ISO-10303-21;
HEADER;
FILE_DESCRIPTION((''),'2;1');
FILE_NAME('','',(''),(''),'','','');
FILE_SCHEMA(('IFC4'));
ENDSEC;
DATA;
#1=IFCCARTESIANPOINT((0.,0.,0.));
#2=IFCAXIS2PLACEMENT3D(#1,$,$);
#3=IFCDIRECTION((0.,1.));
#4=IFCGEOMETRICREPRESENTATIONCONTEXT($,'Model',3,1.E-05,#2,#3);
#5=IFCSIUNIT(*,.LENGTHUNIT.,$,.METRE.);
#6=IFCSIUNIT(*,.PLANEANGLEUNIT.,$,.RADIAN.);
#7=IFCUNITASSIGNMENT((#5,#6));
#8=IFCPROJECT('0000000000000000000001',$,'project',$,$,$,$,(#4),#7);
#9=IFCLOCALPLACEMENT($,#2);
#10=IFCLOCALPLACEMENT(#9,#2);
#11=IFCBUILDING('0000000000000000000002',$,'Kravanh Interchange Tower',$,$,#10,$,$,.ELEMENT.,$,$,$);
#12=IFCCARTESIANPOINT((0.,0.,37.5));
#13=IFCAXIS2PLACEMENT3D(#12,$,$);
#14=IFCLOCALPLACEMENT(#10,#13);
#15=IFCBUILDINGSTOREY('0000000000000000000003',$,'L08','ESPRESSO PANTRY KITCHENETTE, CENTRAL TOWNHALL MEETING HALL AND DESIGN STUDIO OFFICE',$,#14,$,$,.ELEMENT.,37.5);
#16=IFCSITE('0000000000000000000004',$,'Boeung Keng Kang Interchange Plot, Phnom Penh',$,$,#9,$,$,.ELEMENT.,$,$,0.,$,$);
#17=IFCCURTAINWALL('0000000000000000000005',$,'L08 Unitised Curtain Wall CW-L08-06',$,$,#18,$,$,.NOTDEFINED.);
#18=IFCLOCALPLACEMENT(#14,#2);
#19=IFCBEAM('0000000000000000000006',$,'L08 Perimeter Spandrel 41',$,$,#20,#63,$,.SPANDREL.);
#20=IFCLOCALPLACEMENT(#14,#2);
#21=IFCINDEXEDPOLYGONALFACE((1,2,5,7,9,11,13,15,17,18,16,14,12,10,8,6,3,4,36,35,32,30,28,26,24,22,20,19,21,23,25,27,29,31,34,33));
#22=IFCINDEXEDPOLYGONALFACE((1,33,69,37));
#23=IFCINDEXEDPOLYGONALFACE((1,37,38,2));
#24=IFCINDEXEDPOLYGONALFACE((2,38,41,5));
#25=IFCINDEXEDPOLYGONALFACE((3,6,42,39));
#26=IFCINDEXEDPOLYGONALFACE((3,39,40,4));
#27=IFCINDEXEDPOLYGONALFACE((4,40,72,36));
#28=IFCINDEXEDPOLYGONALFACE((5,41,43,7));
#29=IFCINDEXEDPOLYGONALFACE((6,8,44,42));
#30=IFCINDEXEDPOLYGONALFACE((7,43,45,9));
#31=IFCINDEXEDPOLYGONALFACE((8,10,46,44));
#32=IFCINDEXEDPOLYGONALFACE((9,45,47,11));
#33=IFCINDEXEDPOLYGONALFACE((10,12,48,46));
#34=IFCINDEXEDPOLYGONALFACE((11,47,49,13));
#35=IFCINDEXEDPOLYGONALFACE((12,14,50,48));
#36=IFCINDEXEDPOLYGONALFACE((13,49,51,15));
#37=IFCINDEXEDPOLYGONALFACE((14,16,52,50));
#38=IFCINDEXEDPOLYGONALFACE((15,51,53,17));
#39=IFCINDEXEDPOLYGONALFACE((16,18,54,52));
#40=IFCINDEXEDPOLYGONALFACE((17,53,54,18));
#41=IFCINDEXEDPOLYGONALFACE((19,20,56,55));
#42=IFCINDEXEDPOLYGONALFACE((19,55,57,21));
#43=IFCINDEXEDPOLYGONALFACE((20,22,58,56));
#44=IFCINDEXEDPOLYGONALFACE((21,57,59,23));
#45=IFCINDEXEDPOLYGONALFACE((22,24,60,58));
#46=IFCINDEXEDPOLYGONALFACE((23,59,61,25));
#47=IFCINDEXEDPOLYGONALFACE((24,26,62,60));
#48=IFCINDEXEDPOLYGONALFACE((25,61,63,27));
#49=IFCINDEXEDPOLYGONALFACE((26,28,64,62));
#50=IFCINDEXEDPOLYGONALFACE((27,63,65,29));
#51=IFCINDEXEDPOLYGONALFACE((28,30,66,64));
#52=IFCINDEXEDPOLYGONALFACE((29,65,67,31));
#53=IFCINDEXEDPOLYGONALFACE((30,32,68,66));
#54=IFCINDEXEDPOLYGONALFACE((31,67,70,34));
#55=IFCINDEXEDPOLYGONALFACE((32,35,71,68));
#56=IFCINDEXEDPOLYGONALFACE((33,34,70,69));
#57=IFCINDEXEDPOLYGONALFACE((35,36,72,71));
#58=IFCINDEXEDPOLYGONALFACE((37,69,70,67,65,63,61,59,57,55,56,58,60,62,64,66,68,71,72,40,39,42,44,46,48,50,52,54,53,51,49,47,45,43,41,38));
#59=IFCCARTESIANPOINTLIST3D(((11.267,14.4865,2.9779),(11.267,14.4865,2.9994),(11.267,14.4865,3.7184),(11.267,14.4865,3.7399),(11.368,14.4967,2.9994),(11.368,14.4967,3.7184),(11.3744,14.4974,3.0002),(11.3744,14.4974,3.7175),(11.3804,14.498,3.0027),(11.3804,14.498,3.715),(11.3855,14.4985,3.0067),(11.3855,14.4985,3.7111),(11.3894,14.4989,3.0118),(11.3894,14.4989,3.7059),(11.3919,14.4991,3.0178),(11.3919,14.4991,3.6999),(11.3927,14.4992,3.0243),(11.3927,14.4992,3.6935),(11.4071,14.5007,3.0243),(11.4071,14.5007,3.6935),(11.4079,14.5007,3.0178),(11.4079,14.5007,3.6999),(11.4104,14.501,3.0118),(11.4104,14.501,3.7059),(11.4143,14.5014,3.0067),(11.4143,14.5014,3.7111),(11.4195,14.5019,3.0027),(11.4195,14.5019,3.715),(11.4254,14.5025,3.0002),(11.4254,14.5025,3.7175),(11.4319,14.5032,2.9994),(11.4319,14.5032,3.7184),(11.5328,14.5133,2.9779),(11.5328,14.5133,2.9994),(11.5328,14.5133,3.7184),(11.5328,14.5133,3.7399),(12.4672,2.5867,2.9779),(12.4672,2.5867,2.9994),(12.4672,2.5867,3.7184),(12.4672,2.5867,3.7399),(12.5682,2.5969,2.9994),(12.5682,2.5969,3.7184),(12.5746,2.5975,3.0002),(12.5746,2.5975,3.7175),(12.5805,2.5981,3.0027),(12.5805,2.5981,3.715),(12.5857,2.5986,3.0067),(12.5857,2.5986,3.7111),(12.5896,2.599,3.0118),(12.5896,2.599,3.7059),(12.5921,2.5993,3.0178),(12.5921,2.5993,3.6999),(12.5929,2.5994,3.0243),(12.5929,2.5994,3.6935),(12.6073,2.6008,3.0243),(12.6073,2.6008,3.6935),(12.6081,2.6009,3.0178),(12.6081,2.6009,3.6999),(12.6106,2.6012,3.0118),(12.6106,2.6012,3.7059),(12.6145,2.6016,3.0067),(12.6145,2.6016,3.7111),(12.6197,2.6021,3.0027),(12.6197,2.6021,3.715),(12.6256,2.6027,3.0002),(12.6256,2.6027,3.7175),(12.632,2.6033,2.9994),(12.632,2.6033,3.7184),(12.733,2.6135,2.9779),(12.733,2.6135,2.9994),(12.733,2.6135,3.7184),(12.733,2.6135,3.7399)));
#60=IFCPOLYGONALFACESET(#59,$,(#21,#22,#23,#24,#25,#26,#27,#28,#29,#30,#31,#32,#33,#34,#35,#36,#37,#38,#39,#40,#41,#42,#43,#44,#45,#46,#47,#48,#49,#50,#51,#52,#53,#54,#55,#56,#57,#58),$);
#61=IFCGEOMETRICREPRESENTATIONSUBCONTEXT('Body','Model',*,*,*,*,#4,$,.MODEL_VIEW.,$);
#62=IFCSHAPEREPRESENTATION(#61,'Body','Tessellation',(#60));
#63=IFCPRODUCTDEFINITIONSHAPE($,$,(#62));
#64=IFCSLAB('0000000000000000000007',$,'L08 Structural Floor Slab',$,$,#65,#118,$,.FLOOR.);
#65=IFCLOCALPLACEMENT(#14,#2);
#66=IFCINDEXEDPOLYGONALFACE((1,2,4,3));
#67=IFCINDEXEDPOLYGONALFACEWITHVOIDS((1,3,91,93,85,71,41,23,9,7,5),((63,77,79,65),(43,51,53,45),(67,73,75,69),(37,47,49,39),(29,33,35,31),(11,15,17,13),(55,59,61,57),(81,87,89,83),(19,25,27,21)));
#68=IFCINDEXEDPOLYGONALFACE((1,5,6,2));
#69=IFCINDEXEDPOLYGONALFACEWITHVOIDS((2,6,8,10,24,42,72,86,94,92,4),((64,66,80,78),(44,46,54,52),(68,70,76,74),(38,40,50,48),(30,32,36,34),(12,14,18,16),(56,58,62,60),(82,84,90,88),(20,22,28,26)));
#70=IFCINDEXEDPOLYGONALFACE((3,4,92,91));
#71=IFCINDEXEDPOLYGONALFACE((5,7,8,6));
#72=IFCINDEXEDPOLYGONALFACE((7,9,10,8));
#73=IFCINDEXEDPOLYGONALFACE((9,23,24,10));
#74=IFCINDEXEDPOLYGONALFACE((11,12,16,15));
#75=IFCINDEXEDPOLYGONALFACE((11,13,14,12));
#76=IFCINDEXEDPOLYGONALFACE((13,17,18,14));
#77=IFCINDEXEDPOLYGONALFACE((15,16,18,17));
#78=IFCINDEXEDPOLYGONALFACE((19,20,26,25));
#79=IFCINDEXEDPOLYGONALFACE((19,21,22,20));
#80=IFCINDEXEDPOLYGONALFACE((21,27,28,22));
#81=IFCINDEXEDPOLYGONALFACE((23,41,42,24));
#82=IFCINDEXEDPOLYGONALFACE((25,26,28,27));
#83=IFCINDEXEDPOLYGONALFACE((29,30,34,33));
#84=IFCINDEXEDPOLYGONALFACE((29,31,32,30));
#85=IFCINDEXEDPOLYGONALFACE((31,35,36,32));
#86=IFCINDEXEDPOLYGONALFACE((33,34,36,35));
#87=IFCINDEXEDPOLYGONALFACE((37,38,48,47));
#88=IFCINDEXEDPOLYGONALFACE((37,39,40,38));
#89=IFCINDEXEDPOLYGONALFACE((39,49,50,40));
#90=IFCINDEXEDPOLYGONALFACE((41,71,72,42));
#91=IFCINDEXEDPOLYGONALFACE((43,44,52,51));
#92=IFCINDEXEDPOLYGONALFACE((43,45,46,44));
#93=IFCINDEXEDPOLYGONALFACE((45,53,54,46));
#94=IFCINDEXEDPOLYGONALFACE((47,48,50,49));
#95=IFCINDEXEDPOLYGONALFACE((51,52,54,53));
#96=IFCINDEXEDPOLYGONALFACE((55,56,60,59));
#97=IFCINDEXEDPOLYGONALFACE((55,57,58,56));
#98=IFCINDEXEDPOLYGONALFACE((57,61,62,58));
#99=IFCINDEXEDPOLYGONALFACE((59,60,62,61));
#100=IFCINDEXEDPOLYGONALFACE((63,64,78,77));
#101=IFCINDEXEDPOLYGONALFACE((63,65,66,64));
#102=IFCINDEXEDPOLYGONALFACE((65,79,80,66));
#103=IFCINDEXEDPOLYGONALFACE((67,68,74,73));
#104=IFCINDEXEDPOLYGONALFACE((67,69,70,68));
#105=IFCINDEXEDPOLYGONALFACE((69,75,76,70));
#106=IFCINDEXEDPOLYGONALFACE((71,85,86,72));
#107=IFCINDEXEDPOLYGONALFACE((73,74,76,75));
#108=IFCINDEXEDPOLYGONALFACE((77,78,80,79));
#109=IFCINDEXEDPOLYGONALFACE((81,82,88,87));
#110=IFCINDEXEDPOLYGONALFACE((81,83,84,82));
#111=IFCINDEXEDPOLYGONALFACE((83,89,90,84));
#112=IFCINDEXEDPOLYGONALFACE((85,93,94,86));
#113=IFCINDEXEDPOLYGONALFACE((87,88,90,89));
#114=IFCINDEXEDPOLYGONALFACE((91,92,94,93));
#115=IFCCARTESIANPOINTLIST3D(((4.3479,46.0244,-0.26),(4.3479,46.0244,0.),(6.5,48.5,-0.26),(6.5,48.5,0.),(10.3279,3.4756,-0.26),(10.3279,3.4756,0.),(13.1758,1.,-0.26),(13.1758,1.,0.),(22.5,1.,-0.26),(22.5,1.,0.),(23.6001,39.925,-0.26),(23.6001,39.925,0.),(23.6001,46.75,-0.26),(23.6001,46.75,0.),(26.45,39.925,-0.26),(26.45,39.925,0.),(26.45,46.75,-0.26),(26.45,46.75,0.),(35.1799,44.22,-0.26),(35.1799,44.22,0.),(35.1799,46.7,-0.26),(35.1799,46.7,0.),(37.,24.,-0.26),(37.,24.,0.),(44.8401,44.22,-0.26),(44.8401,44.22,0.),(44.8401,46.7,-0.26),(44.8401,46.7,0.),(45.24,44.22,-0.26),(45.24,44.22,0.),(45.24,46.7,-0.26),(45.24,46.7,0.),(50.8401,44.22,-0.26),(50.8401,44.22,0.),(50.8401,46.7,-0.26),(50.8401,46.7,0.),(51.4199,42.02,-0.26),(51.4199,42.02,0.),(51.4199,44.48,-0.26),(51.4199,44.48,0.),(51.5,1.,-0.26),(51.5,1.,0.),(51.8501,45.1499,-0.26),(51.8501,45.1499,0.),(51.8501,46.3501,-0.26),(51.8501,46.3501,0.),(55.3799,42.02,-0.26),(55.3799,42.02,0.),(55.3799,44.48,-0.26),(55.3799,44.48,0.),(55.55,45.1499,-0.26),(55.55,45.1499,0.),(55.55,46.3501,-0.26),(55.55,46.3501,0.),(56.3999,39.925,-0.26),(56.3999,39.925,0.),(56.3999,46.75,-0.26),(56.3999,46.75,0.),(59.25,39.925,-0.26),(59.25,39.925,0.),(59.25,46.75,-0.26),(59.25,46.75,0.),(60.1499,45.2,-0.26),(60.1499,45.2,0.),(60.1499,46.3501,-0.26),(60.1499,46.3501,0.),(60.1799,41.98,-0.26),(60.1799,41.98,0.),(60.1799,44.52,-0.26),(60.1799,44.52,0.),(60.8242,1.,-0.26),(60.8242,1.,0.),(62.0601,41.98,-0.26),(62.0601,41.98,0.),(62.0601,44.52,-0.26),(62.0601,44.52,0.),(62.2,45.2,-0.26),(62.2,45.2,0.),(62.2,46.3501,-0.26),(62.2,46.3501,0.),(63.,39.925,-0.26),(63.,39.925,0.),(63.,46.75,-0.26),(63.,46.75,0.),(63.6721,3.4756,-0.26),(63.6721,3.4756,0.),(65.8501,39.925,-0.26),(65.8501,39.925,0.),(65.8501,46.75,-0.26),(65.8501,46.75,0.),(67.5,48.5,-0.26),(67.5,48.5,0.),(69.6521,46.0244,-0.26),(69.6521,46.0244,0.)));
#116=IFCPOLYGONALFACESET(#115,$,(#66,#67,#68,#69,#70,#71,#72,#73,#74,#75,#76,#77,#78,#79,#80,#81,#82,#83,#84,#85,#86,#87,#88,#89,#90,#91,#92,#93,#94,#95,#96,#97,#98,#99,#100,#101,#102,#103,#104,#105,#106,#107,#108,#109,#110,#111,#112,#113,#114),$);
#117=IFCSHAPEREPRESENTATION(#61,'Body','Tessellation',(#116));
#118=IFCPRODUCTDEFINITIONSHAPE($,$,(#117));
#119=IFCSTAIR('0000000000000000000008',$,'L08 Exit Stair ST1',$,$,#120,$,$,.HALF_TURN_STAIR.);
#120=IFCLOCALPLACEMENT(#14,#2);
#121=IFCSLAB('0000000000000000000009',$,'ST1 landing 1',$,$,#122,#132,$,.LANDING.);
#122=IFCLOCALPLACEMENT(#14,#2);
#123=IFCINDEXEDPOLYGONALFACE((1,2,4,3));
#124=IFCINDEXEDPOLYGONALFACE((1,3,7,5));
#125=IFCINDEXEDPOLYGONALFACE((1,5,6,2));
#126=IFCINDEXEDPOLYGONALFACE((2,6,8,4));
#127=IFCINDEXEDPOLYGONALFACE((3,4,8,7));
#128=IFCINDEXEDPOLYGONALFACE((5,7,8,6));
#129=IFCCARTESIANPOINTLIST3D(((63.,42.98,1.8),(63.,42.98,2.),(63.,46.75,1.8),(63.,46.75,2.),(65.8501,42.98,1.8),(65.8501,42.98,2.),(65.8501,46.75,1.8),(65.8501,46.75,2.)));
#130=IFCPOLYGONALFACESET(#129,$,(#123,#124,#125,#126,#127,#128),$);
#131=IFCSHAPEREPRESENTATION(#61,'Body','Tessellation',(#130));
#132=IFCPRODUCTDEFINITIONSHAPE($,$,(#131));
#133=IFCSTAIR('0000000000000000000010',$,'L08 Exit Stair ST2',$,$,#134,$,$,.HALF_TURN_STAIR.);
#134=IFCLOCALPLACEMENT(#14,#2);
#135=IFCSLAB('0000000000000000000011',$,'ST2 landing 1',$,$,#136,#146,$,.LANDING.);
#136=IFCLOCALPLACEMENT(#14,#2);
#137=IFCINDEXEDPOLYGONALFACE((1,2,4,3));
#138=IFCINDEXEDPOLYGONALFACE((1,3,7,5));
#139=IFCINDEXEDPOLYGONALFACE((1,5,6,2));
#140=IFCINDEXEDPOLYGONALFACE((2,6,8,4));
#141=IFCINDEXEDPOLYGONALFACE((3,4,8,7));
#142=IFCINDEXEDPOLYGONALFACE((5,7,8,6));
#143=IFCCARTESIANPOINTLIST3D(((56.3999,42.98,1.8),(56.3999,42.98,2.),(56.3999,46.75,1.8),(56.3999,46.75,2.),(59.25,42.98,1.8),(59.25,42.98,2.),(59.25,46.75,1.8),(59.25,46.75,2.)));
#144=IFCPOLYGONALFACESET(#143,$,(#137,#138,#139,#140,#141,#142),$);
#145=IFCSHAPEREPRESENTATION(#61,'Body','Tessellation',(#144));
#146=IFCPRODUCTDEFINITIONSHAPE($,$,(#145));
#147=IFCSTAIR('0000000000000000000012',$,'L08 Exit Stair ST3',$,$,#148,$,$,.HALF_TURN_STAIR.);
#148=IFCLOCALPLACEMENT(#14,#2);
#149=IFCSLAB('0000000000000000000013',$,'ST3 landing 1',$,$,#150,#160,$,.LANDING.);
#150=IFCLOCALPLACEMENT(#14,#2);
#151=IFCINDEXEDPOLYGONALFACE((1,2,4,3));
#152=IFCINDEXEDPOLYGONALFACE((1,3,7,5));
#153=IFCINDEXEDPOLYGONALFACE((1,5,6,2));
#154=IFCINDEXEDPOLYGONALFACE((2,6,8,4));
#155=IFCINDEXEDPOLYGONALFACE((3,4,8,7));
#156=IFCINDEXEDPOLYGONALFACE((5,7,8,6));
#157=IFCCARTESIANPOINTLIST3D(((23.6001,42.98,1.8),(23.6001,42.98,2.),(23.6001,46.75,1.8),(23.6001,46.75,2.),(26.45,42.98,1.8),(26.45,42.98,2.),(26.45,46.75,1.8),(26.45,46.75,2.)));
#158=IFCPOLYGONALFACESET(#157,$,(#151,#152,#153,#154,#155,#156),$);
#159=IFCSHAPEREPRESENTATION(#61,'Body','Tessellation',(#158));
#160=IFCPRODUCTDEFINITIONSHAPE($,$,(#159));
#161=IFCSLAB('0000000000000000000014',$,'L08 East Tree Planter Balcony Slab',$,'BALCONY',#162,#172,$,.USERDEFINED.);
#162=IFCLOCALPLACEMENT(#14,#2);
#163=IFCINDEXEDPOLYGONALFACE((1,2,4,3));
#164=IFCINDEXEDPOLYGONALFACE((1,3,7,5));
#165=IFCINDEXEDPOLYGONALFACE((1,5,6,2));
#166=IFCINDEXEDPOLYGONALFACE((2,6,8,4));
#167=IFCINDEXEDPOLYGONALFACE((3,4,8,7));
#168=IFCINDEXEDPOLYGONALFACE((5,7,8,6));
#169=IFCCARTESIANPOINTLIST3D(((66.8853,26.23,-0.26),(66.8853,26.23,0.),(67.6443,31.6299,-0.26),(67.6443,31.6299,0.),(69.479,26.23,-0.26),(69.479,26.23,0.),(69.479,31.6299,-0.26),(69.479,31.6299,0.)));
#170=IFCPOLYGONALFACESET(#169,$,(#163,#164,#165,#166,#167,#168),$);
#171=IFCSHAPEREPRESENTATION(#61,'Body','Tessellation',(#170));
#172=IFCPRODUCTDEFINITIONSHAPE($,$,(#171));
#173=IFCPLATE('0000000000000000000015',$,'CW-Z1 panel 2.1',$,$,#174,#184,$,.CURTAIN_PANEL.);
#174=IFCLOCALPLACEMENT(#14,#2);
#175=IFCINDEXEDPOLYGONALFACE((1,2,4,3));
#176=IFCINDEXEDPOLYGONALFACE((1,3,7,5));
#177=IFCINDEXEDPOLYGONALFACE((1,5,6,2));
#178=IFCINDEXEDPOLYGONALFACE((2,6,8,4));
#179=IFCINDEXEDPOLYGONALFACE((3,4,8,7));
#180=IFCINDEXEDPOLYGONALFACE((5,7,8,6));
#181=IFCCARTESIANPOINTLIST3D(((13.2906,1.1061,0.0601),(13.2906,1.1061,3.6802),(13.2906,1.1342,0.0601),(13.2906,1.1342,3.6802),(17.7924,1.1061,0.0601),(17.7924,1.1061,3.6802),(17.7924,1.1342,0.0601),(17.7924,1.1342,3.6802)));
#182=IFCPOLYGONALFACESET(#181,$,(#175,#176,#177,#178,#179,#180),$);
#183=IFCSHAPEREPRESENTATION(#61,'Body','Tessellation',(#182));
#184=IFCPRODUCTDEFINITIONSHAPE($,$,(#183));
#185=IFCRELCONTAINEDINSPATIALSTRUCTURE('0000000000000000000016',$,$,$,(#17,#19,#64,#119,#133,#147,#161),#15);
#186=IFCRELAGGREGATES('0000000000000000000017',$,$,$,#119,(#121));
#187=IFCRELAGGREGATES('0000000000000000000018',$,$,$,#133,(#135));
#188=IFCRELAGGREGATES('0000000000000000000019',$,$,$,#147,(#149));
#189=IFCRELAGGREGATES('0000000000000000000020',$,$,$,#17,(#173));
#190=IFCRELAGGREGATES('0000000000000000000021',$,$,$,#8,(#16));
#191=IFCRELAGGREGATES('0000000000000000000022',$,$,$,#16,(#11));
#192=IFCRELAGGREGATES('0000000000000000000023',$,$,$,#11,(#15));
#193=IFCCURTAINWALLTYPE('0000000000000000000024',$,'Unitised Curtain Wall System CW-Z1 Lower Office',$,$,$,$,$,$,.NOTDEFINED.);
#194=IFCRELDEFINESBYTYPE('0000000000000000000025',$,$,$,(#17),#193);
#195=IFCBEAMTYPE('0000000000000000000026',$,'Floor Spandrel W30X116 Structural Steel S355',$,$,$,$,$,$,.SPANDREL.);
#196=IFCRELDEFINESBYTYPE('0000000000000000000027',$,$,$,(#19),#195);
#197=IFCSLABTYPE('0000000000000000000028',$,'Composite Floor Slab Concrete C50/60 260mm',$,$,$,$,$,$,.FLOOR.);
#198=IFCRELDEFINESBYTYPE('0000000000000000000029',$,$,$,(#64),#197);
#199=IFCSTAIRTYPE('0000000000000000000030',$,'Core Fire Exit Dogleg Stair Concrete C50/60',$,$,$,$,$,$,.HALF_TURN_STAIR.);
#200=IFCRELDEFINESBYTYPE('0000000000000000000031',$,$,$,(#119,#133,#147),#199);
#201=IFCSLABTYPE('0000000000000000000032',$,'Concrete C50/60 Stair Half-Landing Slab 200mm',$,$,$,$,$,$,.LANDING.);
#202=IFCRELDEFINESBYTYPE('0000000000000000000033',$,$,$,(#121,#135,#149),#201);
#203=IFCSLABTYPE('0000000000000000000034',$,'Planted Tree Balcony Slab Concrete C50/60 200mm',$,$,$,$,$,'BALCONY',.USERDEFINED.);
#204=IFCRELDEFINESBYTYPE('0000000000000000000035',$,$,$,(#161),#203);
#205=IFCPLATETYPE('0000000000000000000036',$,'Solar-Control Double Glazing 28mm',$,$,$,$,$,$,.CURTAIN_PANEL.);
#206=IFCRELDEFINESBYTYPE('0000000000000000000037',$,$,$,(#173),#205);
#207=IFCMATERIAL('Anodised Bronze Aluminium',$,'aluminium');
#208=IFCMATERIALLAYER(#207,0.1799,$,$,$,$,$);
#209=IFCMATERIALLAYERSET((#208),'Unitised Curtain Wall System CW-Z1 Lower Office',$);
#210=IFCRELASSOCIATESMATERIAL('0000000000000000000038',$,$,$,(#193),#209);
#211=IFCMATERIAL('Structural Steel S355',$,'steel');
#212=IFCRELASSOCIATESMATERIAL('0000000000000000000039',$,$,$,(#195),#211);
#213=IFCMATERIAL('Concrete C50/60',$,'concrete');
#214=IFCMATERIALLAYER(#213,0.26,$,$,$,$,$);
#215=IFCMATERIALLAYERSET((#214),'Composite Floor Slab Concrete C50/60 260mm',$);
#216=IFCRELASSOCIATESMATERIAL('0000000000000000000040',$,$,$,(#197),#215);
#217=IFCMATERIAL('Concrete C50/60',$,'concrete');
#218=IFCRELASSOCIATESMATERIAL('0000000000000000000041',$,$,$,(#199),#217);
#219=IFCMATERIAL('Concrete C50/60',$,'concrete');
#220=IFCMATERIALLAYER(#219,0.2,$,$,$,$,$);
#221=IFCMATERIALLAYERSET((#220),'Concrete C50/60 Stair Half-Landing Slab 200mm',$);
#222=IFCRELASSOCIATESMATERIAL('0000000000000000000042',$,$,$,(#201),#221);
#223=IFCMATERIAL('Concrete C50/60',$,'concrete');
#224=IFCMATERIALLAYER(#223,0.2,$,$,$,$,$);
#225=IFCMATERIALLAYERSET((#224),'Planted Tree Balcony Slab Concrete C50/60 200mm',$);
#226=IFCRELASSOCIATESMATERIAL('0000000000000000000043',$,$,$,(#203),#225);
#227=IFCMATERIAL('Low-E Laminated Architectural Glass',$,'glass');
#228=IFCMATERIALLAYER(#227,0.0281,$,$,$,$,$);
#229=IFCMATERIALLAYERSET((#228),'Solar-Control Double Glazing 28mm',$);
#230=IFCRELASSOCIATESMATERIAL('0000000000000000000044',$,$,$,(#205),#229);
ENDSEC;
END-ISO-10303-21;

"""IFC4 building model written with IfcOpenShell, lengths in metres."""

from ifc_helpers import new_model, si_unit, direction, frame, origin, origin_2d, place, context, subcontext, project, spatial, polyline, rectangle, i_section, outline, extrude, material, layer, layer_set, material_profile, profile_set, type_object, element, aggregate, save


model = new_model("IFC4")

# Units and contexts
model_context = context("Model", 3, precision=1e-05, world=origin(), true_north=direction((0.0, 1.0)))
body_context = subcontext(model_context, "Body", "Model", "MODEL_VIEW")
ifc_project = project(units=[si_unit("LENGTHUNIT", "METRE"), si_unit("PLANEANGLEUNIT", "RADIAN")], contexts=[model_context])

# Site, building, storey
site_placement = place(None, origin())
site = spatial("IfcSite", under=ifc_project, at=site_placement, Name="Boeung Keng Kang Interchange Plot, Phnom Penh", CompositionType="ELEMENT", RefElevation=0.0)
building_placement = place(site_placement, origin())
building = spatial("IfcBuilding", under=site, at=building_placement, Name="Kravanh Interchange Tower", CompositionType="ELEMENT")
storey_placement = place(building_placement, frame((0.0, 0.0, 37.5)))
storey = spatial("IfcBuildingStorey", under=building, at=storey_placement, Name="L08", Description="ESPRESSO PANTRY KITCHENETTE, CENTRAL TOWNHALL MEETING HALL AND DESIGN STUDIO OFFICE", CompositionType="ELEMENT", Elevation=37.5)

# Curtain wall
ifc_material_1 = material(Name="Anodised Bronze Aluminium", Category="aluminium")
ifc_layer_1 = layer(ifc_material_1, 0.1799)
ifc_layer_set_1 = layer_set([ifc_layer_1], Name="Unitised Curtain Wall System CW-Z1 Lower Office")
curtain_wall_type = type_object("IfcCurtainWallType", Name="Unitised Curtain Wall System CW-Z1 Lower Office", PredefinedType="NOTDEFINED", material=ifc_layer_set_1)
curtain_wall_1_placement = place(storey_placement, origin())
curtain_wall_1 = element("IfcCurtainWall", 1, at=curtain_wall_1_placement, inside=storey, type_object=curtain_wall_type, Name="L08 Unitised Curtain Wall CW-L08-06", PredefinedType="NOTDEFINED")

# Beam
ifc_material_2 = material(Name="Structural Steel S355", Category="steel")
ifc_material_profile_1 = material_profile(ifc_material_2, i_section(OverallWidth=0.2671, OverallDepth=0.762, WebThickness=0.0144, FlangeThickness=0.0215, FilletRadius=0.0249, at=origin_2d()), Name="W30X116")
ifc_profile_set_1 = profile_set([ifc_material_profile_1], Name="Structural Steel S355")
beam_type_1 = type_object("IfcBeamType", Name="Floor Spandrel W30X116 Structural Steel S355", PredefinedType="SPANDREL", material=ifc_profile_set_1)
beam_1_placement = place(storey_placement, frame((12.6001, 2.6001, 3.3589), z_axis=(-0.100348, 0.994952, 0.0), x_axis=(-0.994952, -0.100348, 0.0)))
element("IfcBeam", 2, at=beam_1_placement, inside=storey, type_object=beam_type_1, Name="L08 Perimeter Spandrel 41", PredefinedType="SPANDREL", context=body_context, shape_type="SweptSolid", body=[
    extrude(i_section(OverallWidth=0.2671, OverallDepth=0.762, WebThickness=0.0144, FlangeThickness=0.0215, FilletRadius=0.0249, at=origin_2d()), origin(), (0.0, 0.0, 1.0), 11.9602),
])

# Slab
ifc_material_3 = material(Name="Concrete C50/60", Category="concrete")
ifc_layer_2 = layer(ifc_material_3, 0.26)
ifc_layer_set_2 = layer_set([ifc_layer_2], Name="Composite Floor Slab Concrete C50/60 260mm")
slab_type_1 = type_object("IfcSlabType", Name="Composite Floor Slab Concrete C50/60 260mm", PredefinedType="FLOOR", material=ifc_layer_set_2)
slab_1_placement = place(storey_placement, frame((0.0, 0.0, -0.26)))
element("IfcSlab", 3, at=slab_1_placement, inside=storey, type_object=slab_type_1, Name="L08 Structural Floor Slab", PredefinedType="FLOOR", context=body_context, shape_type="SweptSolid", body=[
    extrude(outline(polyline([(10.3279, 3.4756), (13.1758, 1.0), (22.5, 1.0), (37.0, 24.0), (51.5, 1.0), (60.8242, 1.0), (63.6721, 3.4756), (69.6521, 46.0244), (67.5, 48.5), (6.5, 48.5), (4.3479, 46.0244), (10.3279, 3.4756)]), holes=[polyline([(65.8501, 39.925), (65.8501, 46.75), (63.0, 46.75), (63.0, 39.925), (65.8501, 39.925)]), polyline([(59.25, 39.925), (59.25, 46.75), (56.3999, 46.75), (56.3999, 39.925), (59.25, 39.925)]), polyline([(26.45, 39.925), (26.45, 46.75), (23.6001, 46.75), (23.6001, 39.925), (26.45, 39.925)]), polyline([(35.1799, 44.22), (44.8401, 44.22), (44.8401, 46.7), (35.1799, 46.7), (35.1799, 44.22)]), polyline([(45.24, 44.22), (50.8401, 44.22), (50.8401, 46.7), (45.24, 46.7), (45.24, 44.22)]), polyline([(51.4199, 42.02), (55.3799, 42.02), (55.3799, 44.48), (51.4199, 44.48), (51.4199, 42.02)]), polyline([(60.1799, 41.98), (62.0601, 41.98), (62.0601, 44.52), (60.1799, 44.52), (60.1799, 41.98)]), polyline([(60.1499, 45.2), (62.2, 45.2), (62.2, 46.3501), (60.1499, 46.3501), (60.1499, 45.2)]), polyline([(51.8501, 45.1499), (55.55, 45.1499), (55.55, 46.3501), (51.8501, 46.3501), (51.8501, 45.1499)])]), origin(), (0.0, 0.0, 1.0), 0.26),
])

# Stairs, slabs
ifc_material_4 = material(Name="Concrete C50/60", Category="concrete")
stair_type = type_object("IfcStairType", Name="Core Fire Exit Dogleg Stair Concrete C50/60", PredefinedType="HALF_TURN_STAIR", material=ifc_material_4)
stair_1_placement = place(storey_placement, origin())
stair_1 = element("IfcStair", 4, at=stair_1_placement, inside=storey, type_object=stair_type, Name="L08 Exit Stair ST1", PredefinedType="HALF_TURN_STAIR")
ifc_material_5 = material(Name="Concrete C50/60", Category="concrete")
ifc_layer_3 = layer(ifc_material_5, 0.2)
ifc_layer_set_3 = layer_set([ifc_layer_3], Name="Concrete C50/60 Stair Half-Landing Slab 200mm")
slab_type_2 = type_object("IfcSlabType", Name="Concrete C50/60 Stair Half-Landing Slab 200mm", PredefinedType="LANDING", material=ifc_layer_set_3)
slab_2_placement = place(storey_placement, frame((0.0, 0.0, 1.8)))
slab_2 = element("IfcSlab", 5, at=slab_2_placement, type_object=slab_type_2, Name="ST1 landing 1", PredefinedType="LANDING", context=body_context, shape_type="SweptSolid", body=[
    extrude(outline(polyline([(65.8501, 42.98), (65.8501, 46.75), (63.0, 46.75), (63.0, 42.98), (65.8501, 42.98)])), origin(), (0.0, 0.0, 1.0), 0.2),
])
aggregate(stair_1, [slab_2])
stair_2_placement = place(storey_placement, origin())
stair_2 = element("IfcStair", 6, at=stair_2_placement, inside=storey, type_object=stair_type, Name="L08 Exit Stair ST2", PredefinedType="HALF_TURN_STAIR")
slab_3_placement = place(storey_placement, frame((0.0, 0.0, 1.8)))
slab_3 = element("IfcSlab", 7, at=slab_3_placement, type_object=slab_type_2, Name="ST2 landing 1", PredefinedType="LANDING", context=body_context, shape_type="SweptSolid", body=[
    extrude(outline(polyline([(59.25, 42.98), (59.25, 46.75), (56.3999, 46.75), (56.3999, 42.98), (59.25, 42.98)])), origin(), (0.0, 0.0, 1.0), 0.2),
])
aggregate(stair_2, [slab_3])
stair_3_placement = place(storey_placement, origin())
stair_3 = element("IfcStair", 8, at=stair_3_placement, inside=storey, type_object=stair_type, Name="L08 Exit Stair ST3", PredefinedType="HALF_TURN_STAIR")
slab_4_placement = place(storey_placement, frame((0.0, 0.0, 1.8)))
slab_4 = element("IfcSlab", 9, at=slab_4_placement, type_object=slab_type_2, Name="ST3 landing 1", PredefinedType="LANDING", context=body_context, shape_type="SweptSolid", body=[
    extrude(outline(polyline([(26.45, 42.98), (26.45, 46.75), (23.6001, 46.75), (23.6001, 42.98), (26.45, 42.98)])), origin(), (0.0, 0.0, 1.0), 0.2),
])
aggregate(stair_3, [slab_4])

# Slab
ifc_material_6 = material(Name="Concrete C50/60", Category="concrete")
ifc_layer_4 = layer(ifc_material_6, 0.2)
ifc_layer_set_4 = layer_set([ifc_layer_4], Name="Planted Tree Balcony Slab Concrete C50/60 200mm")
slab_type_3 = type_object("IfcSlabType", Name="Planted Tree Balcony Slab Concrete C50/60 200mm", ElementType="BALCONY", PredefinedType="USERDEFINED", material=ifc_layer_set_4)
slab_5_placement = place(storey_placement, frame((0.0, 0.0, -0.26)))
element("IfcSlab", 10, at=slab_5_placement, inside=storey, type_object=slab_type_3, Name="L08 East Tree Planter Balcony Slab", ObjectType="BALCONY", PredefinedType="USERDEFINED", context=body_context, shape_type="SweptSolid", body=[
    extrude(outline(polyline([(69.479, 31.6299), (69.479, 26.23), (66.8853, 26.23), (67.6443, 31.6299), (69.479, 31.6299)])), origin(), (0.0, 0.0, 1.0), 0.26),
])

# Plate
ifc_material_7 = material(Name="Low-E Laminated Architectural Glass", Category="glass")
ifc_layer_5 = layer(ifc_material_7, 0.0281)
ifc_layer_set_5 = layer_set([ifc_layer_5], Name="Solar-Control Double Glazing 28mm")
plate_type = type_object("IfcPlateType", Name="Solar-Control Double Glazing 28mm", PredefinedType="CURTAIN_PANEL", material=ifc_layer_set_5)
plate_1_placement = place(storey_placement, frame((15.5415, 1.1201, 0.0601), z_axis=(0.0, 0.0, 1.0), x_axis=(-1.0, 0.0, 0.0)))
plate_1 = element("IfcPlate", 11, at=plate_1_placement, type_object=plate_type, Name="CW-Z1 panel 2.1", PredefinedType="CURTAIN_PANEL", context=body_context, shape_type="SweptSolid", body=[
    extrude(rectangle(XDim=4.5017, YDim=0.0281, at=origin_2d()), origin(), (0.0, 0.0, 1.0), 3.6201),
])
aggregate(curtain_wall_1, [plate_1])

save(model, "model.ifc")
